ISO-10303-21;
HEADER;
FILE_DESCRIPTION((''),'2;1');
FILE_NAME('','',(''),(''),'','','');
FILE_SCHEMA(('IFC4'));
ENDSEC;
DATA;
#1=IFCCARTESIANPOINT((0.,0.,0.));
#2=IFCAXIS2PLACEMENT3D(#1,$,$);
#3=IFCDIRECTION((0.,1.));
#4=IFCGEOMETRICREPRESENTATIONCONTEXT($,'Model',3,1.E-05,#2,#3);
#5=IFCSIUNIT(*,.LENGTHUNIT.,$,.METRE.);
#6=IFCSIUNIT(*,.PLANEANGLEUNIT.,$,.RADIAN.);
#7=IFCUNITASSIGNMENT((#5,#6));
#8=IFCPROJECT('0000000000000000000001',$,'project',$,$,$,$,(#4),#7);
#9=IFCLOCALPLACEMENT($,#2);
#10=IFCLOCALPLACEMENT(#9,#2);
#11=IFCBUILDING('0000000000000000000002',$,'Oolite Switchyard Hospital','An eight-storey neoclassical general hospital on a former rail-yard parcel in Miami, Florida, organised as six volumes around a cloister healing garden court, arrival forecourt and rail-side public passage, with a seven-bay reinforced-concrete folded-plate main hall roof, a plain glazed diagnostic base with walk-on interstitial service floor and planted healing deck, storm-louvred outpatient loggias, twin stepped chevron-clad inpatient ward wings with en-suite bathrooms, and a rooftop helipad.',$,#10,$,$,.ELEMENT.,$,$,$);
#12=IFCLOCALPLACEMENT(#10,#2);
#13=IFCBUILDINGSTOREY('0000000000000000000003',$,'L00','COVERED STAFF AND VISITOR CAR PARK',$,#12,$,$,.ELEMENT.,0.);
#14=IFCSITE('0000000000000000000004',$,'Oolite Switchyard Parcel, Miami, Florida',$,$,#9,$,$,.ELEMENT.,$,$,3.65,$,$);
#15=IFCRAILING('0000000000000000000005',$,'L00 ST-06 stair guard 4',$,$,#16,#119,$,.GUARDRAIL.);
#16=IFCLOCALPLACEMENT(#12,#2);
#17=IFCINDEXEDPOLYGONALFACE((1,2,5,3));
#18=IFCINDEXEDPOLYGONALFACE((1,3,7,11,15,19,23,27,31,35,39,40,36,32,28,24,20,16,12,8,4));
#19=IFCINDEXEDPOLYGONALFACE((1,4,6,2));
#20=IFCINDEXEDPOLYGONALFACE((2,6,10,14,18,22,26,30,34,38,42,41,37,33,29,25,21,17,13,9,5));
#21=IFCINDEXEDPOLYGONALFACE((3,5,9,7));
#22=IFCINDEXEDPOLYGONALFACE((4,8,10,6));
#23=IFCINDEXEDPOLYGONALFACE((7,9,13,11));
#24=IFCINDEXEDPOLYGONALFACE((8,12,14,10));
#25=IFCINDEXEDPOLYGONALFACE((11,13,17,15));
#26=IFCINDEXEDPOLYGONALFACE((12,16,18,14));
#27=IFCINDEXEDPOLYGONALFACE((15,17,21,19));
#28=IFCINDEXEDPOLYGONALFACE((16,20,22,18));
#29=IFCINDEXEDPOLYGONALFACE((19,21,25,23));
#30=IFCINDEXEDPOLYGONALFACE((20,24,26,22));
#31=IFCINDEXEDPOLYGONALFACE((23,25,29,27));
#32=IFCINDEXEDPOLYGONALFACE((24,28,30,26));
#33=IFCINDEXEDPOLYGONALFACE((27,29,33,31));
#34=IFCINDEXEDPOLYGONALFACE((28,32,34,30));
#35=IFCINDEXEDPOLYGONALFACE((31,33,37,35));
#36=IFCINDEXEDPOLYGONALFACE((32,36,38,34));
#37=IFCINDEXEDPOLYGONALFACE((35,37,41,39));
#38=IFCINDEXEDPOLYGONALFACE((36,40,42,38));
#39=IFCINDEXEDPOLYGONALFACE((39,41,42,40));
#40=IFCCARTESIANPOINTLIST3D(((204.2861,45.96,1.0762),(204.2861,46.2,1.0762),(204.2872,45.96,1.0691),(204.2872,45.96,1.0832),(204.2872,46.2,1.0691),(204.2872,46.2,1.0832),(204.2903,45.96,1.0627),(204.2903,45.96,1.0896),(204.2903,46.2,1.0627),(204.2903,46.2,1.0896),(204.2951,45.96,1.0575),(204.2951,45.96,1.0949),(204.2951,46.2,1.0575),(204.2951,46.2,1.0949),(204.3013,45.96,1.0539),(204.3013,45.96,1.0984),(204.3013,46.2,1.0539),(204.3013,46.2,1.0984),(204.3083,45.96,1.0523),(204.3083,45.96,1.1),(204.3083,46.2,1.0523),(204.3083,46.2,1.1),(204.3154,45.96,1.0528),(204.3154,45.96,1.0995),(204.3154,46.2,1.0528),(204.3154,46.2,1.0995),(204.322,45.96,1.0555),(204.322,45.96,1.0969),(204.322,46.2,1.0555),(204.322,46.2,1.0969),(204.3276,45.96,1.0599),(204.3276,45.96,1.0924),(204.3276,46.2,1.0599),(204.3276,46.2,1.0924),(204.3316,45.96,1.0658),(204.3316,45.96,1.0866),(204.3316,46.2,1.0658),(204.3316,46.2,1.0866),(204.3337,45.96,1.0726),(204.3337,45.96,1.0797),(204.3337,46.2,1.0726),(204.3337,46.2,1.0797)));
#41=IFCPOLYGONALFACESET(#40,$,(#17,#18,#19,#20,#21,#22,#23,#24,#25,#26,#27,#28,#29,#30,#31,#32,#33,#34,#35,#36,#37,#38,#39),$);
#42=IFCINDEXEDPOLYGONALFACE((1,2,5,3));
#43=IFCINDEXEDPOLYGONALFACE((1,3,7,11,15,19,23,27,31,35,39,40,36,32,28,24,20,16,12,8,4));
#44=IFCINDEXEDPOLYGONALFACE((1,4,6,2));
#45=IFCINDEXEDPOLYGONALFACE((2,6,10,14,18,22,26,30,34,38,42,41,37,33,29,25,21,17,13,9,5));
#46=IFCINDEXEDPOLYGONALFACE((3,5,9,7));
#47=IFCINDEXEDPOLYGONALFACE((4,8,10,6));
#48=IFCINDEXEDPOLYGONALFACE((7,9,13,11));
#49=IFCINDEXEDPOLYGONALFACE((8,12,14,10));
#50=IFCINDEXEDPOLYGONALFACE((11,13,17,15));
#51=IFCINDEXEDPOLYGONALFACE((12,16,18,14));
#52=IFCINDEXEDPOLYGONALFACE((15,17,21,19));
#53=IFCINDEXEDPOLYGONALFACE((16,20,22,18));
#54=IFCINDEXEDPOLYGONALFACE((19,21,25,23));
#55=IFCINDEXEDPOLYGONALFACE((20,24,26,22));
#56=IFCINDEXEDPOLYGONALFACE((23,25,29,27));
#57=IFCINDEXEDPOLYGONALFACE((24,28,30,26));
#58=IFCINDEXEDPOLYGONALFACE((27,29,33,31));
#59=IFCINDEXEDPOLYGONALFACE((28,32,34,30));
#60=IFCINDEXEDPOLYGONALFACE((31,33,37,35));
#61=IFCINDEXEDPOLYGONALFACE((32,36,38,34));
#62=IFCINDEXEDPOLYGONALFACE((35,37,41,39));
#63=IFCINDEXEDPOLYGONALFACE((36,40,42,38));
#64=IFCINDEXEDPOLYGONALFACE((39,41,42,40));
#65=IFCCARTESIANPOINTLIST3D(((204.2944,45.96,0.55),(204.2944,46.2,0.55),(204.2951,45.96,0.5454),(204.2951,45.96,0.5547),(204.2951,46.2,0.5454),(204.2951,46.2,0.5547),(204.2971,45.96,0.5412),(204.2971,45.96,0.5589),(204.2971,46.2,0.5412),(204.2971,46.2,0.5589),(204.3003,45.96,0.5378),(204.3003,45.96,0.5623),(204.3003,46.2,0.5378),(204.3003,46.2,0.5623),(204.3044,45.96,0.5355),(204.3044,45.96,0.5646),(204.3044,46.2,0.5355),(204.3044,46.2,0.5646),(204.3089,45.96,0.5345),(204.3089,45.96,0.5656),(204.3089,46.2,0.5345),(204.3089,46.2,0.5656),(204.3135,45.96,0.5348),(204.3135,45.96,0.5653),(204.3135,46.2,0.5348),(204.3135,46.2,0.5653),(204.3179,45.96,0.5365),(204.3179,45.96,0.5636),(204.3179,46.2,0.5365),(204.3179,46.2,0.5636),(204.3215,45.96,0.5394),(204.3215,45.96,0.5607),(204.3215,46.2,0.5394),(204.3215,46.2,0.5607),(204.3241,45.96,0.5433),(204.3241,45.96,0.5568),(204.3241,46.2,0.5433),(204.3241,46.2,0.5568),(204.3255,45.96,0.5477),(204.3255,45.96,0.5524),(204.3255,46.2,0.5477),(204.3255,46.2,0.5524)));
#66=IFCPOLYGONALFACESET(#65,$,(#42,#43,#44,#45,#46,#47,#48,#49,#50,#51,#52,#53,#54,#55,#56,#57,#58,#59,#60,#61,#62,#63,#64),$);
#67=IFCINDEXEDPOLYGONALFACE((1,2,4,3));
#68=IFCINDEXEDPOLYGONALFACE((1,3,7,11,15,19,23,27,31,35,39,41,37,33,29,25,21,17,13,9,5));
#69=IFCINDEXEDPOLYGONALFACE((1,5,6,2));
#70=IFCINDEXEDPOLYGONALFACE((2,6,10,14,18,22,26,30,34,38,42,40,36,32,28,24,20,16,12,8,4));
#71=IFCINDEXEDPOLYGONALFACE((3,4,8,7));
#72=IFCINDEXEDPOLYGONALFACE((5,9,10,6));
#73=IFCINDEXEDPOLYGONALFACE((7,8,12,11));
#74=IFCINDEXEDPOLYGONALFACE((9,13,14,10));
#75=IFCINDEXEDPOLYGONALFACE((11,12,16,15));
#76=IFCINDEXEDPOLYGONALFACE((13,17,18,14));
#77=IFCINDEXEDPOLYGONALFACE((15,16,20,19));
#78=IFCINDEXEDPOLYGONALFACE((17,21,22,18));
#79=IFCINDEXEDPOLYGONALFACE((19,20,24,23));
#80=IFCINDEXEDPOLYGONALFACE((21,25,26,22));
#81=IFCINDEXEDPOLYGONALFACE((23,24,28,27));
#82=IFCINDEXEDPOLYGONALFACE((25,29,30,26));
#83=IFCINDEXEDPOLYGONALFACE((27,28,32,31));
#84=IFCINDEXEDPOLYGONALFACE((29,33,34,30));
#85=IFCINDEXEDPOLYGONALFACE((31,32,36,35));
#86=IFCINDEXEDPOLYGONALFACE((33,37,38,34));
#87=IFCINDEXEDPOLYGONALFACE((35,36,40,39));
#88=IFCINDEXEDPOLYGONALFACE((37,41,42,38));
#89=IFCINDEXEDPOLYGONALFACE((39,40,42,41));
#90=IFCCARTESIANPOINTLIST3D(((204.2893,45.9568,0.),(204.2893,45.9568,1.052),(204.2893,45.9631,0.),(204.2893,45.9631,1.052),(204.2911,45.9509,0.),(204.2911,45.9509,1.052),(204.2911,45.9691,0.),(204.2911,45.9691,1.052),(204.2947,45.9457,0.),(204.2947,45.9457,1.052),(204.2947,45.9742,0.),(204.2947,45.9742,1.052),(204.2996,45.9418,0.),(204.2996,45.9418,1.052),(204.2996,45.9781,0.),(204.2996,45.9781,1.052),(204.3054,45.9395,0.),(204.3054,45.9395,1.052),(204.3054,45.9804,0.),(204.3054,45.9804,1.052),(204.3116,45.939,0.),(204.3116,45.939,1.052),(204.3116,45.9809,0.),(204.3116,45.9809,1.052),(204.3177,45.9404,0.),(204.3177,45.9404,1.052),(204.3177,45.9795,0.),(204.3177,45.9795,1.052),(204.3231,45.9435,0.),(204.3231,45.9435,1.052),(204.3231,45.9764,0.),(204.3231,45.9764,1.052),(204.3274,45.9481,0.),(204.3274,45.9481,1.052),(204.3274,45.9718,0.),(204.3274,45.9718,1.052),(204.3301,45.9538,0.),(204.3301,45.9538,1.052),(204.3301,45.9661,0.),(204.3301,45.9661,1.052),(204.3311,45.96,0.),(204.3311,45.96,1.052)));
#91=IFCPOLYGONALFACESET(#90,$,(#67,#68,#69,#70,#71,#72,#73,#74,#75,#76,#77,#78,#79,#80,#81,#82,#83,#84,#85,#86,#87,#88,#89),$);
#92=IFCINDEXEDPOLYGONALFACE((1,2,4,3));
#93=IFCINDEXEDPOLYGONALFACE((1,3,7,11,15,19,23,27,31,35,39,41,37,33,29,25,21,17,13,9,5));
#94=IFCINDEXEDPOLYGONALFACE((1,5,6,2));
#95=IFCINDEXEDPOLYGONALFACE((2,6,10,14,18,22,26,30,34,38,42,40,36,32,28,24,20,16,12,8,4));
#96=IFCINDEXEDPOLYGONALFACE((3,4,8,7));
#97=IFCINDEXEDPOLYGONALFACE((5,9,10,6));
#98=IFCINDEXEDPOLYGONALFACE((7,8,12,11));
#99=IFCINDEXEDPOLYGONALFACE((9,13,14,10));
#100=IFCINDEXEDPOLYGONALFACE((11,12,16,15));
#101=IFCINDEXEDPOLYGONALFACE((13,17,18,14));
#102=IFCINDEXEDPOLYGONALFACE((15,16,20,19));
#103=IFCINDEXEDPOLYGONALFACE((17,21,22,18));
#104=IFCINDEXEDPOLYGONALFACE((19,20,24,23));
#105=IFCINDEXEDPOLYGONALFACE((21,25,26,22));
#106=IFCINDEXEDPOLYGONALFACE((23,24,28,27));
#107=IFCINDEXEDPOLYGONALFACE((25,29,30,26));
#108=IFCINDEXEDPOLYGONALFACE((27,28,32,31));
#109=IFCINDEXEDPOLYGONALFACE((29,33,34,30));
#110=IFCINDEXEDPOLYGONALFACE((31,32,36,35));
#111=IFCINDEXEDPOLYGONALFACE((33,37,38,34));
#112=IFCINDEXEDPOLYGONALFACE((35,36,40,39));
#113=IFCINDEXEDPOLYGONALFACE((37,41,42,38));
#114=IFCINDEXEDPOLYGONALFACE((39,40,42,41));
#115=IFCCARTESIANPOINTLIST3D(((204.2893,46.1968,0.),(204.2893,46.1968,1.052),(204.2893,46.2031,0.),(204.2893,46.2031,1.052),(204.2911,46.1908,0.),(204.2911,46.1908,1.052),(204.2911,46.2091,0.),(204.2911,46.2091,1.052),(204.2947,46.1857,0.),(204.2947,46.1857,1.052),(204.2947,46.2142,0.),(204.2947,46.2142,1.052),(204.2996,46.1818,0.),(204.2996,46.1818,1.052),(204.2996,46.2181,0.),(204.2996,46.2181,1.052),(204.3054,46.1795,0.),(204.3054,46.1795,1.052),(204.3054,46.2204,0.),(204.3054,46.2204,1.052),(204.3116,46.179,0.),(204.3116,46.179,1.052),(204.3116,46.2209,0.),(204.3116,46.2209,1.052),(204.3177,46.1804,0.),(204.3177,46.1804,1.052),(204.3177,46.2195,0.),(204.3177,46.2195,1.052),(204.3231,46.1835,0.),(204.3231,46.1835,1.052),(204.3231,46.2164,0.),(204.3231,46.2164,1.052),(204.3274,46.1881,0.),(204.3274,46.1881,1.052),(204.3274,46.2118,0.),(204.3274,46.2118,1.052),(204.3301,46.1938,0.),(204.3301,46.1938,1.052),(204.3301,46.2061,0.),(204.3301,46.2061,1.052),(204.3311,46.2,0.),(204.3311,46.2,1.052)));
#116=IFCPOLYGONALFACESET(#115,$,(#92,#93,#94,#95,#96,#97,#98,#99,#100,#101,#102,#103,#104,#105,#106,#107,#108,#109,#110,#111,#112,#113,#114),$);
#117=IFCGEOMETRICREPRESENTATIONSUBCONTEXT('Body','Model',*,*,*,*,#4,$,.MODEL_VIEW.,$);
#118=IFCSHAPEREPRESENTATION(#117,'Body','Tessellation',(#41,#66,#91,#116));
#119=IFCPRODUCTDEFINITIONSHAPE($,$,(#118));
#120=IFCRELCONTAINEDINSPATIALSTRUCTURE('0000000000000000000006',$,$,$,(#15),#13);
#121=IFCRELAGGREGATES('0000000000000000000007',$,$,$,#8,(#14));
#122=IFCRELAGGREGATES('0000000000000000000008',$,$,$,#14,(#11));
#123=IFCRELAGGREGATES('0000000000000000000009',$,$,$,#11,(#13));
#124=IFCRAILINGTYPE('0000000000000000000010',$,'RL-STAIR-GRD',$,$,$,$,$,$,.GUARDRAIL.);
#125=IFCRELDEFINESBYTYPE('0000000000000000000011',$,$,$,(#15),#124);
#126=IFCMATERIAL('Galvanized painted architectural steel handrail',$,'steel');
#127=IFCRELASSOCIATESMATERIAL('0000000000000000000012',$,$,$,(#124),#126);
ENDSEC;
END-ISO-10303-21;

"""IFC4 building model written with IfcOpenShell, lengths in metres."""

from ifc_helpers import new_model, si_unit, direction, frame, origin, origin_2d, place, context, subcontext, project, spatial, circle, extrude, material, type_object, element, save


model = new_model("IFC4")

# Units and contexts
model_context = context("Model", 3, precision=1e-05, world=origin(), true_north=direction((0.0, 1.0)))
body_context = subcontext(model_context, "Body", "Model", "MODEL_VIEW")
ifc_project = project(units=[si_unit("LENGTHUNIT", "METRE"), si_unit("PLANEANGLEUNIT", "RADIAN")], contexts=[model_context])

# Site, building, storey
site_placement = place(None, origin())
site = spatial("IfcSite", under=ifc_project, at=site_placement, Name="Oolite Switchyard Parcel, Miami, Florida", CompositionType="ELEMENT", RefElevation=3.65)
building_placement = place(site_placement, origin())
building = spatial("IfcBuilding", under=site, at=building_placement, Name="Oolite Switchyard Hospital", Description="An eight-storey neoclassical general hospital on a former rail-yard parcel in Miami, Florida, organised as six volumes around a cloister healing garden court, arrival forecourt and rail-side public passage, with a seven-bay reinforced-concrete folded-plate main hall roof, a plain glazed diagnostic base with walk-on interstitial service floor and planted healing deck, storm-louvred outpatient loggias, twin stepped chevron-clad inpatient ward wings with en-suite bathrooms, and a rooftop helipad.", CompositionType="ELEMENT")
storey_placement = place(building_placement, origin())
storey = spatial("IfcBuildingStorey", under=building, at=storey_placement, Name="L00", Description="COVERED STAFF AND VISITOR CAR PARK", CompositionType="ELEMENT", Elevation=0.0)

# Railing
ifc_material_1 = material(Name="Galvanized painted architectural steel handrail", Category="steel")
railing_type_1 = type_object("IfcRailingType", Name="RL-STAIR-GRD", PredefinedType="GUARDRAIL", material=ifc_material_1)
railing_1_placement = place(storey_placement, frame((204.3101, 45.96, 0.0)))
element("IfcRailing", 1, at=railing_1_placement, inside=storey, type_object=railing_type_1, Name="L00 ST-06 stair guard 4", PredefinedType="GUARDRAIL", context=body_context, shape_type="SweptSolid", body=[
    extrude(circle(Radius=0.0239, at=origin_2d()), frame((0.0, 0.0, 1.0762), z_axis=(0.0, 1.0, 0.0), x_axis=(-1.0, 0.0, 0.0)), (0.0, 0.0, 1.0), 0.24),
    extrude(circle(Radius=0.0156, at=origin_2d()), frame((0.0, 0.0, 0.55), z_axis=(0.0, 1.0, 0.0), x_axis=(-1.0, 0.0, 0.0)), (0.0, 0.0, 1.0), 0.24),
    extrude(circle(Radius=0.021, at=origin_2d()), origin(), (0.0, 0.0, 1.0), 1.052),
    extrude(circle(Radius=0.021, at=origin_2d()), frame((0.0, 0.24, 0.0)), (0.0, 0.0, 1.0), 1.052),
])

save(model, "model.ifc")
